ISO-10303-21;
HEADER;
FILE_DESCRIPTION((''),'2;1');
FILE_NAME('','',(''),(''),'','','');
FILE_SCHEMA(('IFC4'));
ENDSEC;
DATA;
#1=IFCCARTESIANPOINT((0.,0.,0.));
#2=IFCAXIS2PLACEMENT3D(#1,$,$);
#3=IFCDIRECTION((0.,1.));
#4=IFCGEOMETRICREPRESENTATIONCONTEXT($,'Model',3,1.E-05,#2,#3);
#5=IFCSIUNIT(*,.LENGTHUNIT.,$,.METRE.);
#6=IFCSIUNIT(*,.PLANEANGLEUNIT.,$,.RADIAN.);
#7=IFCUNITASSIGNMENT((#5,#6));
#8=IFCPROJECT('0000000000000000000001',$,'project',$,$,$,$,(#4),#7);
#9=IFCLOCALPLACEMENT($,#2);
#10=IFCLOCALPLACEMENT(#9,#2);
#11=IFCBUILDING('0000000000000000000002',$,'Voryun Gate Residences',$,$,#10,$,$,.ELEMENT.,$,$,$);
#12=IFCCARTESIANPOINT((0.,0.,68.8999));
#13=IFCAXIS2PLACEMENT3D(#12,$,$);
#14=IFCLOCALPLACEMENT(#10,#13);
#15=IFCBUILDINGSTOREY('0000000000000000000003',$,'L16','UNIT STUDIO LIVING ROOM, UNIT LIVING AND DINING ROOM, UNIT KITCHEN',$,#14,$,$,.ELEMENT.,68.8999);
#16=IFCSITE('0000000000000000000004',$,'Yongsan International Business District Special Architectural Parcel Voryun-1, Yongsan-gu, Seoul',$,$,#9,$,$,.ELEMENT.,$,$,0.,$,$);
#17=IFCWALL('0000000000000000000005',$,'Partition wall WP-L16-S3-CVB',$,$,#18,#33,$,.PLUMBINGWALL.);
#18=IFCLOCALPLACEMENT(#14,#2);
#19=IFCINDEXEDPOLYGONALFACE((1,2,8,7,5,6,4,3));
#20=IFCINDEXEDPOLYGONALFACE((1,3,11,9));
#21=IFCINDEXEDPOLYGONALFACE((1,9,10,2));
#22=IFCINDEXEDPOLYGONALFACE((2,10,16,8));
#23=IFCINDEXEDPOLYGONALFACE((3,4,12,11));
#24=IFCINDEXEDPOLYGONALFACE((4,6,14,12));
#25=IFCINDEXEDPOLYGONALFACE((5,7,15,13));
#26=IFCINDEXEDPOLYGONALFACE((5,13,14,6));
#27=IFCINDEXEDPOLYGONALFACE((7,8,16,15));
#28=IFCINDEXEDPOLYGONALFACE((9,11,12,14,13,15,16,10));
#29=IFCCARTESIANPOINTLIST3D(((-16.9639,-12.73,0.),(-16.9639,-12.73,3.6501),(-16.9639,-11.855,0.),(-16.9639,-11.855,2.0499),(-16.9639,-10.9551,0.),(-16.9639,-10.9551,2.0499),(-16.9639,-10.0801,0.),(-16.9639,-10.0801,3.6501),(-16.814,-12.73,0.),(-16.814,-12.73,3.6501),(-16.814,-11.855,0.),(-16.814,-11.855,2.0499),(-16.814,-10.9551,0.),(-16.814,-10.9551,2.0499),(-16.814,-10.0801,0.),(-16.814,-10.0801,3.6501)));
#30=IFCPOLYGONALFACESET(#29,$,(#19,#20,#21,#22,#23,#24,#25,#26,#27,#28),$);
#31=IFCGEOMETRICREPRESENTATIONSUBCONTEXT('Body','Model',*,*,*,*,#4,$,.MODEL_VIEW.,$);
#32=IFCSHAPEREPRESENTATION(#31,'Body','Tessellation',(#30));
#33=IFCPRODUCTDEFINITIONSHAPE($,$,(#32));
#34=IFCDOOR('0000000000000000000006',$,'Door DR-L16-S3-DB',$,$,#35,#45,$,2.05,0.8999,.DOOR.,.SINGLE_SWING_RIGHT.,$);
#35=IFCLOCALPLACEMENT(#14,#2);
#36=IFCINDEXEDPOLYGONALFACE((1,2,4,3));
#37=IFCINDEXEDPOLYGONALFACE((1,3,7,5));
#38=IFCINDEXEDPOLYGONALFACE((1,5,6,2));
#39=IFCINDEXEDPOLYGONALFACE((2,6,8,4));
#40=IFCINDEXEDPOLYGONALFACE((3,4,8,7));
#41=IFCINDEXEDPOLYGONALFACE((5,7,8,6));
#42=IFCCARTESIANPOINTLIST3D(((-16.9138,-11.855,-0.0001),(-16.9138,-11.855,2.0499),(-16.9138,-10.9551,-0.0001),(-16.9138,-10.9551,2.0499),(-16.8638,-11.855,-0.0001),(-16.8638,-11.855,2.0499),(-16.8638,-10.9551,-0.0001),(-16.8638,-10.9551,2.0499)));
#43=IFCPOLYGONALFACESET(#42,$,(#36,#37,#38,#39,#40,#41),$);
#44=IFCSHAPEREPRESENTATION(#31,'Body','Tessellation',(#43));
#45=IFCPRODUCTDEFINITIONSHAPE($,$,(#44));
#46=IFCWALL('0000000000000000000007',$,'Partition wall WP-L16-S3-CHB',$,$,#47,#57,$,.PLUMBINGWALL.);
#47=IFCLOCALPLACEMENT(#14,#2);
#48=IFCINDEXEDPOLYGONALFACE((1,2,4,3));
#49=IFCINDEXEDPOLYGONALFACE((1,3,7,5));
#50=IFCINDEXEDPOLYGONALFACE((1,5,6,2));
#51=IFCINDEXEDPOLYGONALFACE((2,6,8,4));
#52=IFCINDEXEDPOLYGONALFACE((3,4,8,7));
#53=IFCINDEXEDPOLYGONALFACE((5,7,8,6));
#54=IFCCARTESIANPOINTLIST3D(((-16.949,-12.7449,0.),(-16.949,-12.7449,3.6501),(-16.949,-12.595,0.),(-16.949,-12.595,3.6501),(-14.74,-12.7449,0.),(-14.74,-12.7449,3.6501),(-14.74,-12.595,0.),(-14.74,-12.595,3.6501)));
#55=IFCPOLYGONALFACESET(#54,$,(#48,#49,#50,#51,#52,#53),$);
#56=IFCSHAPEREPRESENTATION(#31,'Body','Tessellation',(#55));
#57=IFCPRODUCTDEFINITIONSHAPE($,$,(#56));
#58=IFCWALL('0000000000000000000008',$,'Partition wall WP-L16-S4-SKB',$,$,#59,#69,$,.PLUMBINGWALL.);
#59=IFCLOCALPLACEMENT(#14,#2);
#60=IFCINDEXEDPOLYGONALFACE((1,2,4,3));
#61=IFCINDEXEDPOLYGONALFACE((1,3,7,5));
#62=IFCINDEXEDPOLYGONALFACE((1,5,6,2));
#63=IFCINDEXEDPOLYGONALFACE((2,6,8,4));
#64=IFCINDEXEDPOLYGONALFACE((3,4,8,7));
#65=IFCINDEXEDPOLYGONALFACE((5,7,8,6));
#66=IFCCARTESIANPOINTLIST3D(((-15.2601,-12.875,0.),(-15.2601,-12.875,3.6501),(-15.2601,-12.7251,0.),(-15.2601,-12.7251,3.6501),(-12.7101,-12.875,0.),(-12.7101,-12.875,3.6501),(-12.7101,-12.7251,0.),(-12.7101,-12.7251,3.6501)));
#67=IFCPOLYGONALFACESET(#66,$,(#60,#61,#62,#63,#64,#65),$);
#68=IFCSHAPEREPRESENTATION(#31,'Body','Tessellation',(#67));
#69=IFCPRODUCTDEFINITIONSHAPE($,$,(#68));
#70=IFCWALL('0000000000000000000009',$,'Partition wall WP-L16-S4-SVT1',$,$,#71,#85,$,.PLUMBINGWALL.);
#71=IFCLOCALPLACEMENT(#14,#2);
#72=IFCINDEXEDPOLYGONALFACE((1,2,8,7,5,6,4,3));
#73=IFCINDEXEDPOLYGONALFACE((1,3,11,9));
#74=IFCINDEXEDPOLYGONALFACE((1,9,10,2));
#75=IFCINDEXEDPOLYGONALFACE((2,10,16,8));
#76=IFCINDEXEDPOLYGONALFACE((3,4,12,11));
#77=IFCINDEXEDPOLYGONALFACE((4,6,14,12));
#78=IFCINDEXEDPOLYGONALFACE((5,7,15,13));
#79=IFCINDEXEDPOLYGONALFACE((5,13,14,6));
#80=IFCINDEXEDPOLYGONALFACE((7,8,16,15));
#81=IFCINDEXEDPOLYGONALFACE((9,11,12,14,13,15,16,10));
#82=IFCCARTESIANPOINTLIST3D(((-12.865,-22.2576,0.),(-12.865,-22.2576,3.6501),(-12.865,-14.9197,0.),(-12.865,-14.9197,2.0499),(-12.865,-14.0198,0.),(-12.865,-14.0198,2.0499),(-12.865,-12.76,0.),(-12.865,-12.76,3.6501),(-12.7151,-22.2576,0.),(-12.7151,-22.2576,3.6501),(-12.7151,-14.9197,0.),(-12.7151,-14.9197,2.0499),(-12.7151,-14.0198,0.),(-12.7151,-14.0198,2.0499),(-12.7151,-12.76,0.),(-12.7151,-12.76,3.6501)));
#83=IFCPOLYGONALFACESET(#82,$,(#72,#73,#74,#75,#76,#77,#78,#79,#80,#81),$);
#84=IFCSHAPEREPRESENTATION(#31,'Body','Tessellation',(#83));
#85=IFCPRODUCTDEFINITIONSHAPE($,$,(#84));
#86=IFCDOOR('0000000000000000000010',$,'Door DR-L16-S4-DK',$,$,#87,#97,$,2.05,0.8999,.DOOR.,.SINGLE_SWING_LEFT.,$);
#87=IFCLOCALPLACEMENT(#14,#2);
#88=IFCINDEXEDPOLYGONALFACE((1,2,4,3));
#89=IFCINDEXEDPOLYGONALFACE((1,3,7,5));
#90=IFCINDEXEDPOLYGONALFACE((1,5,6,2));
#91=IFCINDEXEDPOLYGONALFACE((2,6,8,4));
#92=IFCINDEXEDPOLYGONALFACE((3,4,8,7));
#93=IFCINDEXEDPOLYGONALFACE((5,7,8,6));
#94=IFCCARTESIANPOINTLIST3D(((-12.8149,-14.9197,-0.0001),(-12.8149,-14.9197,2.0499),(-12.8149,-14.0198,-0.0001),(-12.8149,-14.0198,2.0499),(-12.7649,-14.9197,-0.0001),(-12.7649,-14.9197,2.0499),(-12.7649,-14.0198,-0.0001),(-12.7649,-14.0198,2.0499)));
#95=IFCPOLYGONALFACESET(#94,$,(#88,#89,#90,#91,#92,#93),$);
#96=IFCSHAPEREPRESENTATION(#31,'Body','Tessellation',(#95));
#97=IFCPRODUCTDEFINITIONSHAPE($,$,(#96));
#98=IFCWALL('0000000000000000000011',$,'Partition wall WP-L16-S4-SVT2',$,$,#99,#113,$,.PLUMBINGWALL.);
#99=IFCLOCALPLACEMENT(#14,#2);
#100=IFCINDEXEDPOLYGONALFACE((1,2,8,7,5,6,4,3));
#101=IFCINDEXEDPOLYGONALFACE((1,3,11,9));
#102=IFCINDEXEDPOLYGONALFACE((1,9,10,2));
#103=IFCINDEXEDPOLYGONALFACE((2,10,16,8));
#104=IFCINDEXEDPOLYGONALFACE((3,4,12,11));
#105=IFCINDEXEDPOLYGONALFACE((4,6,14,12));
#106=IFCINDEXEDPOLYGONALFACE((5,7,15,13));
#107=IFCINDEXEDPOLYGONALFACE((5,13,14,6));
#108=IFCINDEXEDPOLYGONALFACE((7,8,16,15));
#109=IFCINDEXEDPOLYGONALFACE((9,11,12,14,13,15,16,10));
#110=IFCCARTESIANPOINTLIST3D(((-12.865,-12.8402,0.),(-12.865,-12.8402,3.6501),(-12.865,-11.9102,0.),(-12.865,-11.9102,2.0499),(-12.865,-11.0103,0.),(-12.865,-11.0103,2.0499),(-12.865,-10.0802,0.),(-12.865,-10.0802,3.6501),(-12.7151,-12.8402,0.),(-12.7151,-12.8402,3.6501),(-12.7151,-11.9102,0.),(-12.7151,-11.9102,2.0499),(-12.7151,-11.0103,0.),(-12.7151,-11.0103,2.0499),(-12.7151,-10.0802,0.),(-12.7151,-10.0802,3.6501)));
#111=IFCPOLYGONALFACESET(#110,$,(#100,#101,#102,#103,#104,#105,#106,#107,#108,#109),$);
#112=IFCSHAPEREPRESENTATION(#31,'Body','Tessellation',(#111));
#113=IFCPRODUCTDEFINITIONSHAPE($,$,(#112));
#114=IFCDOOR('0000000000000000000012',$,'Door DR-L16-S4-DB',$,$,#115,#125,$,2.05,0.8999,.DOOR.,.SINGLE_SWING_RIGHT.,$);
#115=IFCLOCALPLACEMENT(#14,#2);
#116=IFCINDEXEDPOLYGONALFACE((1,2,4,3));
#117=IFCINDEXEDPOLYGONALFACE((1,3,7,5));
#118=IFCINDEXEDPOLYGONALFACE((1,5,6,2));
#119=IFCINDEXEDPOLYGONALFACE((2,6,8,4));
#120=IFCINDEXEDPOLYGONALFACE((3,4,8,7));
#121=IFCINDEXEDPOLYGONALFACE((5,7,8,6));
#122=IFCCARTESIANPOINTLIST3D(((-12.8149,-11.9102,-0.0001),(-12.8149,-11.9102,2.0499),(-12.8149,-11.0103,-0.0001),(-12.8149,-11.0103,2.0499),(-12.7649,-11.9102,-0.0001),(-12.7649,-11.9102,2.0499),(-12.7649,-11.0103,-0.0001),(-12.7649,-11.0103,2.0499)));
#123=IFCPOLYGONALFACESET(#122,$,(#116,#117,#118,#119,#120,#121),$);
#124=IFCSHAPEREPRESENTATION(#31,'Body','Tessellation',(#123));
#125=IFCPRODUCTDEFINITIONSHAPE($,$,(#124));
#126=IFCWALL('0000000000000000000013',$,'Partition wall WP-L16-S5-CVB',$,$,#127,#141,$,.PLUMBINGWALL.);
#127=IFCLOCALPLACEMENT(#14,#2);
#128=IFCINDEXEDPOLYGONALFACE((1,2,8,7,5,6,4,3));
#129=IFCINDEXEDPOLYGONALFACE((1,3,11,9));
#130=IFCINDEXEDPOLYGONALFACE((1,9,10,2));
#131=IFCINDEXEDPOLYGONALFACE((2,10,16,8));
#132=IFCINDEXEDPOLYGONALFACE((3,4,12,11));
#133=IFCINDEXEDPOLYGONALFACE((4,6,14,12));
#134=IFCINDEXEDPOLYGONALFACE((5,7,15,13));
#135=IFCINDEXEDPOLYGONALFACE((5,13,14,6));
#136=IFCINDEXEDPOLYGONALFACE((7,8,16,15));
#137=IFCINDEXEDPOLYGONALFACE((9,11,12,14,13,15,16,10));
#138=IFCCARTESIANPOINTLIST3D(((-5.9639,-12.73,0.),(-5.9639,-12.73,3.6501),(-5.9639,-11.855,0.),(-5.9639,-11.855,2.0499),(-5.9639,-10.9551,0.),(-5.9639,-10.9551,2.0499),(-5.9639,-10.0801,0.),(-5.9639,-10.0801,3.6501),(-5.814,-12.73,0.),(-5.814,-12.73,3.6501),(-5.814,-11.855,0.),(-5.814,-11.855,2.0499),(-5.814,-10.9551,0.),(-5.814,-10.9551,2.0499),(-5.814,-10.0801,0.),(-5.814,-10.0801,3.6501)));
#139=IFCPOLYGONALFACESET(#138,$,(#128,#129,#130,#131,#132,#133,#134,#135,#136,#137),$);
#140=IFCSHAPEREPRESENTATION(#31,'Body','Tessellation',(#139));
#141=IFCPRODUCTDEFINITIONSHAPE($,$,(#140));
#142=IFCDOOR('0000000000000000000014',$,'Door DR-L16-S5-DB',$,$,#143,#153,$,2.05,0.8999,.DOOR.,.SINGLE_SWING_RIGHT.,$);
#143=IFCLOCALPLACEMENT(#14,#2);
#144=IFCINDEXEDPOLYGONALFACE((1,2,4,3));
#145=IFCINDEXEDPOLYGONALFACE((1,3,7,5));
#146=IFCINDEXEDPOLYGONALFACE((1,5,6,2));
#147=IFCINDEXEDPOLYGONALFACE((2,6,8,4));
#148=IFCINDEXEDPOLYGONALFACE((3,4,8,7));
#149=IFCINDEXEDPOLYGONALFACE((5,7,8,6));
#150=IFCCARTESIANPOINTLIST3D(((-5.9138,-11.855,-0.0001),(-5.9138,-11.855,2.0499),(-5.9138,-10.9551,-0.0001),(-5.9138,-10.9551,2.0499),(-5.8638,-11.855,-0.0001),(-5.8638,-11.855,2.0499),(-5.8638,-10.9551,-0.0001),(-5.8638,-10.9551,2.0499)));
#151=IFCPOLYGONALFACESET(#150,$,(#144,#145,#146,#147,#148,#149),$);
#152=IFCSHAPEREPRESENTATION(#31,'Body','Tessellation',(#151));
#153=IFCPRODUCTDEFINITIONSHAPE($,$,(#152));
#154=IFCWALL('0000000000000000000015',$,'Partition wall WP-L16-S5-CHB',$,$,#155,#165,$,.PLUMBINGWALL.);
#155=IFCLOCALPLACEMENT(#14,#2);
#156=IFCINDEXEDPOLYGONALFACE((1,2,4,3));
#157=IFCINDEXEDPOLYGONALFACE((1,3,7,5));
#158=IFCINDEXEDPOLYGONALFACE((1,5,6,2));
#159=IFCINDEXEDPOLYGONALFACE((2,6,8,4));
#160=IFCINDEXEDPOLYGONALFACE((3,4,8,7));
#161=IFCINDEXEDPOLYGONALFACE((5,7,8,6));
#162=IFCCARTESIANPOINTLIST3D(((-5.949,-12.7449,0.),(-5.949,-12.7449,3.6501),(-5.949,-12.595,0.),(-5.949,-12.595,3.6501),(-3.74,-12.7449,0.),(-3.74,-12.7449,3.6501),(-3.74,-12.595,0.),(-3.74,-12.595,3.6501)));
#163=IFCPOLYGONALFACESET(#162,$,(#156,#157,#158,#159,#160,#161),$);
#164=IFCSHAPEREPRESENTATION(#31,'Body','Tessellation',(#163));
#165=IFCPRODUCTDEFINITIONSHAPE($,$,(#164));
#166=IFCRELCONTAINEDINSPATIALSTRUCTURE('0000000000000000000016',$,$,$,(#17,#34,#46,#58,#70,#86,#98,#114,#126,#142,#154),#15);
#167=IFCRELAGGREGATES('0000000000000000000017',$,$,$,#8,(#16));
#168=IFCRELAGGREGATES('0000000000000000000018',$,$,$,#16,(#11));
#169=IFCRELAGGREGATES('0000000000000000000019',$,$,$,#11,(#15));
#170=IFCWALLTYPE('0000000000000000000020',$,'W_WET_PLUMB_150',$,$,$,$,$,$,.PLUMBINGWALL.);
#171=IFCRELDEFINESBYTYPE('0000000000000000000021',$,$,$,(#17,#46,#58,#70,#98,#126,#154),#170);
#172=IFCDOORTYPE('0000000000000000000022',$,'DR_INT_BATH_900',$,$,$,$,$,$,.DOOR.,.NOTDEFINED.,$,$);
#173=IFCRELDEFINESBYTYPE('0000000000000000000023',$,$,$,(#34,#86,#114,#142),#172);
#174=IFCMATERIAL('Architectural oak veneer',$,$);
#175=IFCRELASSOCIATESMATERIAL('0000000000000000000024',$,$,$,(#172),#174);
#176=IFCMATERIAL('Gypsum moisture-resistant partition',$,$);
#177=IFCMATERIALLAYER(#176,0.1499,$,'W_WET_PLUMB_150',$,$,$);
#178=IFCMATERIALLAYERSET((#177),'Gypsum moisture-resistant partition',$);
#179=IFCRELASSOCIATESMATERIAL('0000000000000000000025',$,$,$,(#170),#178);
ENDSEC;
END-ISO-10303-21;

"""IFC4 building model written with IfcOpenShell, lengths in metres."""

from ifc_helpers import new_model, si_unit, direction, frame, frame_2d, origin, place, context, subcontext, project, spatial, rectangle, extrude, material, layer, layer_set, type_object, element, fill, save


model = new_model("IFC4")

# Units and contexts
model_context = context("Model", 3, precision=1e-05, world=origin(), true_north=direction((0.0, 1.0)))
body_context = subcontext(model_context, "Body", "Model", "MODEL_VIEW")
ifc_project = project(units=[si_unit("LENGTHUNIT", "METRE"), si_unit("PLANEANGLEUNIT", "RADIAN")], contexts=[model_context])

# Site, building, storey
site_placement = place(None, origin())
site = spatial("IfcSite", under=ifc_project, at=site_placement, Name="Yongsan International Business District Special Architectural Parcel Voryun-1, Yongsan-gu, Seoul", CompositionType="ELEMENT", RefElevation=0.0)
building_placement = place(site_placement, origin())
building = spatial("IfcBuilding", under=site, at=building_placement, Name="Voryun Gate Residences", CompositionType="ELEMENT")
storey_placement = place(building_placement, frame((0.0, 0.0, 68.8999)))
storey = spatial("IfcBuildingStorey", under=building, at=storey_placement, Name="L16", Description="UNIT STUDIO LIVING ROOM, UNIT LIVING AND DINING ROOM, UNIT KITCHEN", CompositionType="ELEMENT", Elevation=68.8999)

# Shared definitions
ifc_material_1 = material(Name="Architectural oak veneer")
door_type_1 = type_object("IfcDoorType", Name="DR_INT_BATH_900", OperationType="NOTDEFINED", PredefinedType="DOOR", material=ifc_material_1)

# Wall, opening, door
ifc_material_2 = material(Name="Gypsum moisture-resistant partition")
ifc_layer_1 = layer(ifc_material_2, 0.1499, Name="W_WET_PLUMB_150")
ifc_layer_set_1 = layer_set([ifc_layer_1], Name="Gypsum moisture-resistant partition")
wall_type_1 = type_object("IfcWallType", Name="W_WET_PLUMB_150", PredefinedType="PLUMBINGWALL", material=ifc_layer_set_1)
wall_1_placement = place(storey_placement, frame((-16.8889, -12.73, 0.0), z_axis=(0.0, 0.0, 1.0), x_axis=(0.0, 1.0, 0.0)))
wall_1 = element("IfcWall", 1, at=wall_1_placement, inside=storey, type_object=wall_type_1, Name="Partition wall WP-L16-S3-CVB", PredefinedType="PLUMBINGWALL", context=body_context, shape_type="SweptSolid", body=[
    extrude(rectangle(XDim=2.6499, YDim=0.1499, at=frame_2d((1.325, 0.0))), origin(), (0.0, 0.0, 1.0), 3.6501),
])
opening_1_placement = place(wall_1_placement, frame((0.875, 0.0, 0.0)))
opening_1 = element("IfcOpeningElement", 2, at=opening_1_placement, cuts=wall_1, PredefinedType="OPENING", context=body_context, shape_type="SweptSolid", body=[
    extrude(rectangle(XDim=0.8999, YDim=2.05, at=frame_2d((0.45, 1.0249))), frame((0.0, 0.085, 0.0), z_axis=(0.0, -1.0, 0.0), x_axis=(1.0, 0.0, 0.0)), (0.0, 0.0, 1.0), 0.1699),
])
door_1_placement = place(opening_1_placement, origin())
door_1 = element("IfcDoor", 3, at=door_1_placement, inside=storey, type_object=door_type_1, Name="Door DR-L16-S3-DB", OperationType="SINGLE_SWING_RIGHT", OverallHeight=2.05, OverallWidth=0.8999, PredefinedType="DOOR", context=body_context, shape_type="SweptSolid", body=[
    extrude(rectangle(XDim=0.8999, YDim=2.05, at=frame_2d((0.45, 1.0249))), frame((0.0, 0.0249, 0.0), z_axis=(0.0, -1.0, 0.0), x_axis=(1.0, 0.0, 0.0)), (0.0, 0.0, 1.0), 0.05),
])
fill(opening_1, door_1)

# Walls
wall_2_placement = place(storey_placement, frame((-16.949, -12.6699, 0.0), z_axis=(0.0, 0.0, 1.0), x_axis=(1.0, 0.0, 0.0)))
element("IfcWall", 4, at=wall_2_placement, inside=storey, type_object=wall_type_1, Name="Partition wall WP-L16-S3-CHB", PredefinedType="PLUMBINGWALL", context=body_context, shape_type="SweptSolid", body=[
    extrude(rectangle(XDim=2.209, YDim=0.1499, at=frame_2d((1.1045, 0.0))), origin(), (0.0, 0.0, 1.0), 3.6501),
])
wall_3_placement = place(storey_placement, frame((-15.26, -12.8, 0.0), z_axis=(0.0, 0.0, 1.0), x_axis=(1.0, 0.0, 0.0)))
element("IfcWall", 5, at=wall_3_placement, inside=storey, type_object=wall_type_1, Name="Partition wall WP-L16-S4-SKB", PredefinedType="PLUMBINGWALL", context=body_context, shape_type="SweptSolid", body=[
    extrude(rectangle(XDim=2.55, YDim=0.1499, at=frame_2d((1.2749, 0.0))), origin(), (0.0, 0.0, 1.0), 3.6501),
])

# Walls, openings, doors
wall_4_placement = place(storey_placement, frame((-12.79, -22.2576, 0.0), z_axis=(0.0, 0.0, 1.0), x_axis=(0.0, 1.0, 0.0)))
wall_4 = element("IfcWall", 6, at=wall_4_placement, inside=storey, type_object=wall_type_1, Name="Partition wall WP-L16-S4-SVT1", PredefinedType="PLUMBINGWALL", context=body_context, shape_type="SweptSolid", body=[
    extrude(rectangle(XDim=9.4976, YDim=0.1499, at=frame_2d((4.7488, 0.0))), origin(), (0.0, 0.0, 1.0), 3.6501),
])
opening_2_placement = place(wall_4_placement, frame((7.3379, 0.0, 0.0)))
opening_2 = element("IfcOpeningElement", 7, at=opening_2_placement, cuts=wall_4, PredefinedType="OPENING", context=body_context, shape_type="SweptSolid", body=[
    extrude(rectangle(XDim=0.8999, YDim=2.05, at=frame_2d((0.45, 1.0249))), frame((0.0, 0.085, 0.0), z_axis=(0.0, -1.0, 0.0), x_axis=(1.0, 0.0, 0.0)), (0.0, 0.0, 1.0), 0.1699),
])
door_2_placement = place(opening_2_placement, origin())
door_2 = element("IfcDoor", 8, at=door_2_placement, inside=storey, type_object=door_type_1, Name="Door DR-L16-S4-DK", OperationType="SINGLE_SWING_LEFT", OverallHeight=2.05, OverallWidth=0.8999, PredefinedType="DOOR", context=body_context, shape_type="SweptSolid", body=[
    extrude(rectangle(XDim=0.8999, YDim=2.05, at=frame_2d((0.45, 1.0249))), frame((0.0, 0.0249, 0.0), z_axis=(0.0, -1.0, 0.0), x_axis=(1.0, 0.0, 0.0)), (0.0, 0.0, 1.0), 0.05),
])
fill(opening_2, door_2)
wall_5_placement = place(storey_placement, frame((-12.79, -12.8401, 0.0), z_axis=(0.0, 0.0, 1.0), x_axis=(0.0, 1.0, 0.0)))
wall_5 = element("IfcWall", 9, at=wall_5_placement, inside=storey, type_object=wall_type_1, Name="Partition wall WP-L16-S4-SVT2", PredefinedType="PLUMBINGWALL", context=body_context, shape_type="SweptSolid", body=[
    extrude(rectangle(XDim=2.76, YDim=0.1499, at=frame_2d((1.3799, 0.0))), origin(), (0.0, 0.0, 1.0), 3.6501),
])
opening_3_placement = place(wall_5_placement, frame((0.9299, 0.0, 0.0)))
opening_3 = element("IfcOpeningElement", 10, at=opening_3_placement, cuts=wall_5, PredefinedType="OPENING", context=body_context, shape_type="SweptSolid", body=[
    extrude(rectangle(XDim=0.8999, YDim=2.05, at=frame_2d((0.45, 1.0249))), frame((0.0, 0.085, 0.0), z_axis=(0.0, -1.0, 0.0), x_axis=(1.0, 0.0, 0.0)), (0.0, 0.0, 1.0), 0.1699),
])
door_3_placement = place(opening_3_placement, origin())
door_3 = element("IfcDoor", 11, at=door_3_placement, inside=storey, type_object=door_type_1, Name="Door DR-L16-S4-DB", OperationType="SINGLE_SWING_RIGHT", OverallHeight=2.05, OverallWidth=0.8999, PredefinedType="DOOR", context=body_context, shape_type="SweptSolid", body=[
    extrude(rectangle(XDim=0.8999, YDim=2.05, at=frame_2d((0.45, 1.0249))), frame((0.0, 0.0249, 0.0), z_axis=(0.0, -1.0, 0.0), x_axis=(1.0, 0.0, 0.0)), (0.0, 0.0, 1.0), 0.05),
])
fill(opening_3, door_3)
wall_6_placement = place(storey_placement, frame((-5.8889, -12.73, 0.0), z_axis=(0.0, 0.0, 1.0), x_axis=(0.0, 1.0, 0.0)))
wall_6 = element("IfcWall", 12, at=wall_6_placement, inside=storey, type_object=wall_type_1, Name="Partition wall WP-L16-S5-CVB", PredefinedType="PLUMBINGWALL", context=body_context, shape_type="SweptSolid", body=[
    extrude(rectangle(XDim=2.6499, YDim=0.1499, at=frame_2d((1.325, 0.0))), origin(), (0.0, 0.0, 1.0), 3.6501),
])
opening_4_placement = place(wall_6_placement, frame((0.875, 0.0, 0.0)))
opening_4 = element("IfcOpeningElement", 13, at=opening_4_placement, cuts=wall_6, PredefinedType="OPENING", context=body_context, shape_type="SweptSolid", body=[
    extrude(rectangle(XDim=0.8999, YDim=2.05, at=frame_2d((0.45, 1.0249))), frame((0.0, 0.085, 0.0), z_axis=(0.0, -1.0, 0.0), x_axis=(1.0, 0.0, 0.0)), (0.0, 0.0, 1.0), 0.1699),
])
door_4_placement = place(opening_4_placement, origin())
door_4 = element("IfcDoor", 14, at=door_4_placement, inside=storey, type_object=door_type_1, Name="Door DR-L16-S5-DB", OperationType="SINGLE_SWING_RIGHT", OverallHeight=2.05, OverallWidth=0.8999, PredefinedType="DOOR", context=body_context, shape_type="SweptSolid", body=[
    extrude(rectangle(XDim=0.8999, YDim=2.05, at=frame_2d((0.45, 1.0249))), frame((0.0, 0.0249, 0.0), z_axis=(0.0, -1.0, 0.0), x_axis=(1.0, 0.0, 0.0)), (0.0, 0.0, 1.0), 0.05),
])
fill(opening_4, door_4)

# Wall
wall_7_placement = place(storey_placement, frame((-5.949, -12.6699, 0.0), z_axis=(0.0, 0.0, 1.0), x_axis=(1.0, 0.0, 0.0)))
element("IfcWall", 15, at=wall_7_placement, inside=storey, type_object=wall_type_1, Name="Partition wall WP-L16-S5-CHB", PredefinedType="PLUMBINGWALL", context=body_context, shape_type="SweptSolid", body=[
    extrude(rectangle(XDim=2.209, YDim=0.1499, at=frame_2d((1.1045, 0.0))), origin(), (0.0, 0.0, 1.0), 3.6501),
])

save(model, "model.ifc")
